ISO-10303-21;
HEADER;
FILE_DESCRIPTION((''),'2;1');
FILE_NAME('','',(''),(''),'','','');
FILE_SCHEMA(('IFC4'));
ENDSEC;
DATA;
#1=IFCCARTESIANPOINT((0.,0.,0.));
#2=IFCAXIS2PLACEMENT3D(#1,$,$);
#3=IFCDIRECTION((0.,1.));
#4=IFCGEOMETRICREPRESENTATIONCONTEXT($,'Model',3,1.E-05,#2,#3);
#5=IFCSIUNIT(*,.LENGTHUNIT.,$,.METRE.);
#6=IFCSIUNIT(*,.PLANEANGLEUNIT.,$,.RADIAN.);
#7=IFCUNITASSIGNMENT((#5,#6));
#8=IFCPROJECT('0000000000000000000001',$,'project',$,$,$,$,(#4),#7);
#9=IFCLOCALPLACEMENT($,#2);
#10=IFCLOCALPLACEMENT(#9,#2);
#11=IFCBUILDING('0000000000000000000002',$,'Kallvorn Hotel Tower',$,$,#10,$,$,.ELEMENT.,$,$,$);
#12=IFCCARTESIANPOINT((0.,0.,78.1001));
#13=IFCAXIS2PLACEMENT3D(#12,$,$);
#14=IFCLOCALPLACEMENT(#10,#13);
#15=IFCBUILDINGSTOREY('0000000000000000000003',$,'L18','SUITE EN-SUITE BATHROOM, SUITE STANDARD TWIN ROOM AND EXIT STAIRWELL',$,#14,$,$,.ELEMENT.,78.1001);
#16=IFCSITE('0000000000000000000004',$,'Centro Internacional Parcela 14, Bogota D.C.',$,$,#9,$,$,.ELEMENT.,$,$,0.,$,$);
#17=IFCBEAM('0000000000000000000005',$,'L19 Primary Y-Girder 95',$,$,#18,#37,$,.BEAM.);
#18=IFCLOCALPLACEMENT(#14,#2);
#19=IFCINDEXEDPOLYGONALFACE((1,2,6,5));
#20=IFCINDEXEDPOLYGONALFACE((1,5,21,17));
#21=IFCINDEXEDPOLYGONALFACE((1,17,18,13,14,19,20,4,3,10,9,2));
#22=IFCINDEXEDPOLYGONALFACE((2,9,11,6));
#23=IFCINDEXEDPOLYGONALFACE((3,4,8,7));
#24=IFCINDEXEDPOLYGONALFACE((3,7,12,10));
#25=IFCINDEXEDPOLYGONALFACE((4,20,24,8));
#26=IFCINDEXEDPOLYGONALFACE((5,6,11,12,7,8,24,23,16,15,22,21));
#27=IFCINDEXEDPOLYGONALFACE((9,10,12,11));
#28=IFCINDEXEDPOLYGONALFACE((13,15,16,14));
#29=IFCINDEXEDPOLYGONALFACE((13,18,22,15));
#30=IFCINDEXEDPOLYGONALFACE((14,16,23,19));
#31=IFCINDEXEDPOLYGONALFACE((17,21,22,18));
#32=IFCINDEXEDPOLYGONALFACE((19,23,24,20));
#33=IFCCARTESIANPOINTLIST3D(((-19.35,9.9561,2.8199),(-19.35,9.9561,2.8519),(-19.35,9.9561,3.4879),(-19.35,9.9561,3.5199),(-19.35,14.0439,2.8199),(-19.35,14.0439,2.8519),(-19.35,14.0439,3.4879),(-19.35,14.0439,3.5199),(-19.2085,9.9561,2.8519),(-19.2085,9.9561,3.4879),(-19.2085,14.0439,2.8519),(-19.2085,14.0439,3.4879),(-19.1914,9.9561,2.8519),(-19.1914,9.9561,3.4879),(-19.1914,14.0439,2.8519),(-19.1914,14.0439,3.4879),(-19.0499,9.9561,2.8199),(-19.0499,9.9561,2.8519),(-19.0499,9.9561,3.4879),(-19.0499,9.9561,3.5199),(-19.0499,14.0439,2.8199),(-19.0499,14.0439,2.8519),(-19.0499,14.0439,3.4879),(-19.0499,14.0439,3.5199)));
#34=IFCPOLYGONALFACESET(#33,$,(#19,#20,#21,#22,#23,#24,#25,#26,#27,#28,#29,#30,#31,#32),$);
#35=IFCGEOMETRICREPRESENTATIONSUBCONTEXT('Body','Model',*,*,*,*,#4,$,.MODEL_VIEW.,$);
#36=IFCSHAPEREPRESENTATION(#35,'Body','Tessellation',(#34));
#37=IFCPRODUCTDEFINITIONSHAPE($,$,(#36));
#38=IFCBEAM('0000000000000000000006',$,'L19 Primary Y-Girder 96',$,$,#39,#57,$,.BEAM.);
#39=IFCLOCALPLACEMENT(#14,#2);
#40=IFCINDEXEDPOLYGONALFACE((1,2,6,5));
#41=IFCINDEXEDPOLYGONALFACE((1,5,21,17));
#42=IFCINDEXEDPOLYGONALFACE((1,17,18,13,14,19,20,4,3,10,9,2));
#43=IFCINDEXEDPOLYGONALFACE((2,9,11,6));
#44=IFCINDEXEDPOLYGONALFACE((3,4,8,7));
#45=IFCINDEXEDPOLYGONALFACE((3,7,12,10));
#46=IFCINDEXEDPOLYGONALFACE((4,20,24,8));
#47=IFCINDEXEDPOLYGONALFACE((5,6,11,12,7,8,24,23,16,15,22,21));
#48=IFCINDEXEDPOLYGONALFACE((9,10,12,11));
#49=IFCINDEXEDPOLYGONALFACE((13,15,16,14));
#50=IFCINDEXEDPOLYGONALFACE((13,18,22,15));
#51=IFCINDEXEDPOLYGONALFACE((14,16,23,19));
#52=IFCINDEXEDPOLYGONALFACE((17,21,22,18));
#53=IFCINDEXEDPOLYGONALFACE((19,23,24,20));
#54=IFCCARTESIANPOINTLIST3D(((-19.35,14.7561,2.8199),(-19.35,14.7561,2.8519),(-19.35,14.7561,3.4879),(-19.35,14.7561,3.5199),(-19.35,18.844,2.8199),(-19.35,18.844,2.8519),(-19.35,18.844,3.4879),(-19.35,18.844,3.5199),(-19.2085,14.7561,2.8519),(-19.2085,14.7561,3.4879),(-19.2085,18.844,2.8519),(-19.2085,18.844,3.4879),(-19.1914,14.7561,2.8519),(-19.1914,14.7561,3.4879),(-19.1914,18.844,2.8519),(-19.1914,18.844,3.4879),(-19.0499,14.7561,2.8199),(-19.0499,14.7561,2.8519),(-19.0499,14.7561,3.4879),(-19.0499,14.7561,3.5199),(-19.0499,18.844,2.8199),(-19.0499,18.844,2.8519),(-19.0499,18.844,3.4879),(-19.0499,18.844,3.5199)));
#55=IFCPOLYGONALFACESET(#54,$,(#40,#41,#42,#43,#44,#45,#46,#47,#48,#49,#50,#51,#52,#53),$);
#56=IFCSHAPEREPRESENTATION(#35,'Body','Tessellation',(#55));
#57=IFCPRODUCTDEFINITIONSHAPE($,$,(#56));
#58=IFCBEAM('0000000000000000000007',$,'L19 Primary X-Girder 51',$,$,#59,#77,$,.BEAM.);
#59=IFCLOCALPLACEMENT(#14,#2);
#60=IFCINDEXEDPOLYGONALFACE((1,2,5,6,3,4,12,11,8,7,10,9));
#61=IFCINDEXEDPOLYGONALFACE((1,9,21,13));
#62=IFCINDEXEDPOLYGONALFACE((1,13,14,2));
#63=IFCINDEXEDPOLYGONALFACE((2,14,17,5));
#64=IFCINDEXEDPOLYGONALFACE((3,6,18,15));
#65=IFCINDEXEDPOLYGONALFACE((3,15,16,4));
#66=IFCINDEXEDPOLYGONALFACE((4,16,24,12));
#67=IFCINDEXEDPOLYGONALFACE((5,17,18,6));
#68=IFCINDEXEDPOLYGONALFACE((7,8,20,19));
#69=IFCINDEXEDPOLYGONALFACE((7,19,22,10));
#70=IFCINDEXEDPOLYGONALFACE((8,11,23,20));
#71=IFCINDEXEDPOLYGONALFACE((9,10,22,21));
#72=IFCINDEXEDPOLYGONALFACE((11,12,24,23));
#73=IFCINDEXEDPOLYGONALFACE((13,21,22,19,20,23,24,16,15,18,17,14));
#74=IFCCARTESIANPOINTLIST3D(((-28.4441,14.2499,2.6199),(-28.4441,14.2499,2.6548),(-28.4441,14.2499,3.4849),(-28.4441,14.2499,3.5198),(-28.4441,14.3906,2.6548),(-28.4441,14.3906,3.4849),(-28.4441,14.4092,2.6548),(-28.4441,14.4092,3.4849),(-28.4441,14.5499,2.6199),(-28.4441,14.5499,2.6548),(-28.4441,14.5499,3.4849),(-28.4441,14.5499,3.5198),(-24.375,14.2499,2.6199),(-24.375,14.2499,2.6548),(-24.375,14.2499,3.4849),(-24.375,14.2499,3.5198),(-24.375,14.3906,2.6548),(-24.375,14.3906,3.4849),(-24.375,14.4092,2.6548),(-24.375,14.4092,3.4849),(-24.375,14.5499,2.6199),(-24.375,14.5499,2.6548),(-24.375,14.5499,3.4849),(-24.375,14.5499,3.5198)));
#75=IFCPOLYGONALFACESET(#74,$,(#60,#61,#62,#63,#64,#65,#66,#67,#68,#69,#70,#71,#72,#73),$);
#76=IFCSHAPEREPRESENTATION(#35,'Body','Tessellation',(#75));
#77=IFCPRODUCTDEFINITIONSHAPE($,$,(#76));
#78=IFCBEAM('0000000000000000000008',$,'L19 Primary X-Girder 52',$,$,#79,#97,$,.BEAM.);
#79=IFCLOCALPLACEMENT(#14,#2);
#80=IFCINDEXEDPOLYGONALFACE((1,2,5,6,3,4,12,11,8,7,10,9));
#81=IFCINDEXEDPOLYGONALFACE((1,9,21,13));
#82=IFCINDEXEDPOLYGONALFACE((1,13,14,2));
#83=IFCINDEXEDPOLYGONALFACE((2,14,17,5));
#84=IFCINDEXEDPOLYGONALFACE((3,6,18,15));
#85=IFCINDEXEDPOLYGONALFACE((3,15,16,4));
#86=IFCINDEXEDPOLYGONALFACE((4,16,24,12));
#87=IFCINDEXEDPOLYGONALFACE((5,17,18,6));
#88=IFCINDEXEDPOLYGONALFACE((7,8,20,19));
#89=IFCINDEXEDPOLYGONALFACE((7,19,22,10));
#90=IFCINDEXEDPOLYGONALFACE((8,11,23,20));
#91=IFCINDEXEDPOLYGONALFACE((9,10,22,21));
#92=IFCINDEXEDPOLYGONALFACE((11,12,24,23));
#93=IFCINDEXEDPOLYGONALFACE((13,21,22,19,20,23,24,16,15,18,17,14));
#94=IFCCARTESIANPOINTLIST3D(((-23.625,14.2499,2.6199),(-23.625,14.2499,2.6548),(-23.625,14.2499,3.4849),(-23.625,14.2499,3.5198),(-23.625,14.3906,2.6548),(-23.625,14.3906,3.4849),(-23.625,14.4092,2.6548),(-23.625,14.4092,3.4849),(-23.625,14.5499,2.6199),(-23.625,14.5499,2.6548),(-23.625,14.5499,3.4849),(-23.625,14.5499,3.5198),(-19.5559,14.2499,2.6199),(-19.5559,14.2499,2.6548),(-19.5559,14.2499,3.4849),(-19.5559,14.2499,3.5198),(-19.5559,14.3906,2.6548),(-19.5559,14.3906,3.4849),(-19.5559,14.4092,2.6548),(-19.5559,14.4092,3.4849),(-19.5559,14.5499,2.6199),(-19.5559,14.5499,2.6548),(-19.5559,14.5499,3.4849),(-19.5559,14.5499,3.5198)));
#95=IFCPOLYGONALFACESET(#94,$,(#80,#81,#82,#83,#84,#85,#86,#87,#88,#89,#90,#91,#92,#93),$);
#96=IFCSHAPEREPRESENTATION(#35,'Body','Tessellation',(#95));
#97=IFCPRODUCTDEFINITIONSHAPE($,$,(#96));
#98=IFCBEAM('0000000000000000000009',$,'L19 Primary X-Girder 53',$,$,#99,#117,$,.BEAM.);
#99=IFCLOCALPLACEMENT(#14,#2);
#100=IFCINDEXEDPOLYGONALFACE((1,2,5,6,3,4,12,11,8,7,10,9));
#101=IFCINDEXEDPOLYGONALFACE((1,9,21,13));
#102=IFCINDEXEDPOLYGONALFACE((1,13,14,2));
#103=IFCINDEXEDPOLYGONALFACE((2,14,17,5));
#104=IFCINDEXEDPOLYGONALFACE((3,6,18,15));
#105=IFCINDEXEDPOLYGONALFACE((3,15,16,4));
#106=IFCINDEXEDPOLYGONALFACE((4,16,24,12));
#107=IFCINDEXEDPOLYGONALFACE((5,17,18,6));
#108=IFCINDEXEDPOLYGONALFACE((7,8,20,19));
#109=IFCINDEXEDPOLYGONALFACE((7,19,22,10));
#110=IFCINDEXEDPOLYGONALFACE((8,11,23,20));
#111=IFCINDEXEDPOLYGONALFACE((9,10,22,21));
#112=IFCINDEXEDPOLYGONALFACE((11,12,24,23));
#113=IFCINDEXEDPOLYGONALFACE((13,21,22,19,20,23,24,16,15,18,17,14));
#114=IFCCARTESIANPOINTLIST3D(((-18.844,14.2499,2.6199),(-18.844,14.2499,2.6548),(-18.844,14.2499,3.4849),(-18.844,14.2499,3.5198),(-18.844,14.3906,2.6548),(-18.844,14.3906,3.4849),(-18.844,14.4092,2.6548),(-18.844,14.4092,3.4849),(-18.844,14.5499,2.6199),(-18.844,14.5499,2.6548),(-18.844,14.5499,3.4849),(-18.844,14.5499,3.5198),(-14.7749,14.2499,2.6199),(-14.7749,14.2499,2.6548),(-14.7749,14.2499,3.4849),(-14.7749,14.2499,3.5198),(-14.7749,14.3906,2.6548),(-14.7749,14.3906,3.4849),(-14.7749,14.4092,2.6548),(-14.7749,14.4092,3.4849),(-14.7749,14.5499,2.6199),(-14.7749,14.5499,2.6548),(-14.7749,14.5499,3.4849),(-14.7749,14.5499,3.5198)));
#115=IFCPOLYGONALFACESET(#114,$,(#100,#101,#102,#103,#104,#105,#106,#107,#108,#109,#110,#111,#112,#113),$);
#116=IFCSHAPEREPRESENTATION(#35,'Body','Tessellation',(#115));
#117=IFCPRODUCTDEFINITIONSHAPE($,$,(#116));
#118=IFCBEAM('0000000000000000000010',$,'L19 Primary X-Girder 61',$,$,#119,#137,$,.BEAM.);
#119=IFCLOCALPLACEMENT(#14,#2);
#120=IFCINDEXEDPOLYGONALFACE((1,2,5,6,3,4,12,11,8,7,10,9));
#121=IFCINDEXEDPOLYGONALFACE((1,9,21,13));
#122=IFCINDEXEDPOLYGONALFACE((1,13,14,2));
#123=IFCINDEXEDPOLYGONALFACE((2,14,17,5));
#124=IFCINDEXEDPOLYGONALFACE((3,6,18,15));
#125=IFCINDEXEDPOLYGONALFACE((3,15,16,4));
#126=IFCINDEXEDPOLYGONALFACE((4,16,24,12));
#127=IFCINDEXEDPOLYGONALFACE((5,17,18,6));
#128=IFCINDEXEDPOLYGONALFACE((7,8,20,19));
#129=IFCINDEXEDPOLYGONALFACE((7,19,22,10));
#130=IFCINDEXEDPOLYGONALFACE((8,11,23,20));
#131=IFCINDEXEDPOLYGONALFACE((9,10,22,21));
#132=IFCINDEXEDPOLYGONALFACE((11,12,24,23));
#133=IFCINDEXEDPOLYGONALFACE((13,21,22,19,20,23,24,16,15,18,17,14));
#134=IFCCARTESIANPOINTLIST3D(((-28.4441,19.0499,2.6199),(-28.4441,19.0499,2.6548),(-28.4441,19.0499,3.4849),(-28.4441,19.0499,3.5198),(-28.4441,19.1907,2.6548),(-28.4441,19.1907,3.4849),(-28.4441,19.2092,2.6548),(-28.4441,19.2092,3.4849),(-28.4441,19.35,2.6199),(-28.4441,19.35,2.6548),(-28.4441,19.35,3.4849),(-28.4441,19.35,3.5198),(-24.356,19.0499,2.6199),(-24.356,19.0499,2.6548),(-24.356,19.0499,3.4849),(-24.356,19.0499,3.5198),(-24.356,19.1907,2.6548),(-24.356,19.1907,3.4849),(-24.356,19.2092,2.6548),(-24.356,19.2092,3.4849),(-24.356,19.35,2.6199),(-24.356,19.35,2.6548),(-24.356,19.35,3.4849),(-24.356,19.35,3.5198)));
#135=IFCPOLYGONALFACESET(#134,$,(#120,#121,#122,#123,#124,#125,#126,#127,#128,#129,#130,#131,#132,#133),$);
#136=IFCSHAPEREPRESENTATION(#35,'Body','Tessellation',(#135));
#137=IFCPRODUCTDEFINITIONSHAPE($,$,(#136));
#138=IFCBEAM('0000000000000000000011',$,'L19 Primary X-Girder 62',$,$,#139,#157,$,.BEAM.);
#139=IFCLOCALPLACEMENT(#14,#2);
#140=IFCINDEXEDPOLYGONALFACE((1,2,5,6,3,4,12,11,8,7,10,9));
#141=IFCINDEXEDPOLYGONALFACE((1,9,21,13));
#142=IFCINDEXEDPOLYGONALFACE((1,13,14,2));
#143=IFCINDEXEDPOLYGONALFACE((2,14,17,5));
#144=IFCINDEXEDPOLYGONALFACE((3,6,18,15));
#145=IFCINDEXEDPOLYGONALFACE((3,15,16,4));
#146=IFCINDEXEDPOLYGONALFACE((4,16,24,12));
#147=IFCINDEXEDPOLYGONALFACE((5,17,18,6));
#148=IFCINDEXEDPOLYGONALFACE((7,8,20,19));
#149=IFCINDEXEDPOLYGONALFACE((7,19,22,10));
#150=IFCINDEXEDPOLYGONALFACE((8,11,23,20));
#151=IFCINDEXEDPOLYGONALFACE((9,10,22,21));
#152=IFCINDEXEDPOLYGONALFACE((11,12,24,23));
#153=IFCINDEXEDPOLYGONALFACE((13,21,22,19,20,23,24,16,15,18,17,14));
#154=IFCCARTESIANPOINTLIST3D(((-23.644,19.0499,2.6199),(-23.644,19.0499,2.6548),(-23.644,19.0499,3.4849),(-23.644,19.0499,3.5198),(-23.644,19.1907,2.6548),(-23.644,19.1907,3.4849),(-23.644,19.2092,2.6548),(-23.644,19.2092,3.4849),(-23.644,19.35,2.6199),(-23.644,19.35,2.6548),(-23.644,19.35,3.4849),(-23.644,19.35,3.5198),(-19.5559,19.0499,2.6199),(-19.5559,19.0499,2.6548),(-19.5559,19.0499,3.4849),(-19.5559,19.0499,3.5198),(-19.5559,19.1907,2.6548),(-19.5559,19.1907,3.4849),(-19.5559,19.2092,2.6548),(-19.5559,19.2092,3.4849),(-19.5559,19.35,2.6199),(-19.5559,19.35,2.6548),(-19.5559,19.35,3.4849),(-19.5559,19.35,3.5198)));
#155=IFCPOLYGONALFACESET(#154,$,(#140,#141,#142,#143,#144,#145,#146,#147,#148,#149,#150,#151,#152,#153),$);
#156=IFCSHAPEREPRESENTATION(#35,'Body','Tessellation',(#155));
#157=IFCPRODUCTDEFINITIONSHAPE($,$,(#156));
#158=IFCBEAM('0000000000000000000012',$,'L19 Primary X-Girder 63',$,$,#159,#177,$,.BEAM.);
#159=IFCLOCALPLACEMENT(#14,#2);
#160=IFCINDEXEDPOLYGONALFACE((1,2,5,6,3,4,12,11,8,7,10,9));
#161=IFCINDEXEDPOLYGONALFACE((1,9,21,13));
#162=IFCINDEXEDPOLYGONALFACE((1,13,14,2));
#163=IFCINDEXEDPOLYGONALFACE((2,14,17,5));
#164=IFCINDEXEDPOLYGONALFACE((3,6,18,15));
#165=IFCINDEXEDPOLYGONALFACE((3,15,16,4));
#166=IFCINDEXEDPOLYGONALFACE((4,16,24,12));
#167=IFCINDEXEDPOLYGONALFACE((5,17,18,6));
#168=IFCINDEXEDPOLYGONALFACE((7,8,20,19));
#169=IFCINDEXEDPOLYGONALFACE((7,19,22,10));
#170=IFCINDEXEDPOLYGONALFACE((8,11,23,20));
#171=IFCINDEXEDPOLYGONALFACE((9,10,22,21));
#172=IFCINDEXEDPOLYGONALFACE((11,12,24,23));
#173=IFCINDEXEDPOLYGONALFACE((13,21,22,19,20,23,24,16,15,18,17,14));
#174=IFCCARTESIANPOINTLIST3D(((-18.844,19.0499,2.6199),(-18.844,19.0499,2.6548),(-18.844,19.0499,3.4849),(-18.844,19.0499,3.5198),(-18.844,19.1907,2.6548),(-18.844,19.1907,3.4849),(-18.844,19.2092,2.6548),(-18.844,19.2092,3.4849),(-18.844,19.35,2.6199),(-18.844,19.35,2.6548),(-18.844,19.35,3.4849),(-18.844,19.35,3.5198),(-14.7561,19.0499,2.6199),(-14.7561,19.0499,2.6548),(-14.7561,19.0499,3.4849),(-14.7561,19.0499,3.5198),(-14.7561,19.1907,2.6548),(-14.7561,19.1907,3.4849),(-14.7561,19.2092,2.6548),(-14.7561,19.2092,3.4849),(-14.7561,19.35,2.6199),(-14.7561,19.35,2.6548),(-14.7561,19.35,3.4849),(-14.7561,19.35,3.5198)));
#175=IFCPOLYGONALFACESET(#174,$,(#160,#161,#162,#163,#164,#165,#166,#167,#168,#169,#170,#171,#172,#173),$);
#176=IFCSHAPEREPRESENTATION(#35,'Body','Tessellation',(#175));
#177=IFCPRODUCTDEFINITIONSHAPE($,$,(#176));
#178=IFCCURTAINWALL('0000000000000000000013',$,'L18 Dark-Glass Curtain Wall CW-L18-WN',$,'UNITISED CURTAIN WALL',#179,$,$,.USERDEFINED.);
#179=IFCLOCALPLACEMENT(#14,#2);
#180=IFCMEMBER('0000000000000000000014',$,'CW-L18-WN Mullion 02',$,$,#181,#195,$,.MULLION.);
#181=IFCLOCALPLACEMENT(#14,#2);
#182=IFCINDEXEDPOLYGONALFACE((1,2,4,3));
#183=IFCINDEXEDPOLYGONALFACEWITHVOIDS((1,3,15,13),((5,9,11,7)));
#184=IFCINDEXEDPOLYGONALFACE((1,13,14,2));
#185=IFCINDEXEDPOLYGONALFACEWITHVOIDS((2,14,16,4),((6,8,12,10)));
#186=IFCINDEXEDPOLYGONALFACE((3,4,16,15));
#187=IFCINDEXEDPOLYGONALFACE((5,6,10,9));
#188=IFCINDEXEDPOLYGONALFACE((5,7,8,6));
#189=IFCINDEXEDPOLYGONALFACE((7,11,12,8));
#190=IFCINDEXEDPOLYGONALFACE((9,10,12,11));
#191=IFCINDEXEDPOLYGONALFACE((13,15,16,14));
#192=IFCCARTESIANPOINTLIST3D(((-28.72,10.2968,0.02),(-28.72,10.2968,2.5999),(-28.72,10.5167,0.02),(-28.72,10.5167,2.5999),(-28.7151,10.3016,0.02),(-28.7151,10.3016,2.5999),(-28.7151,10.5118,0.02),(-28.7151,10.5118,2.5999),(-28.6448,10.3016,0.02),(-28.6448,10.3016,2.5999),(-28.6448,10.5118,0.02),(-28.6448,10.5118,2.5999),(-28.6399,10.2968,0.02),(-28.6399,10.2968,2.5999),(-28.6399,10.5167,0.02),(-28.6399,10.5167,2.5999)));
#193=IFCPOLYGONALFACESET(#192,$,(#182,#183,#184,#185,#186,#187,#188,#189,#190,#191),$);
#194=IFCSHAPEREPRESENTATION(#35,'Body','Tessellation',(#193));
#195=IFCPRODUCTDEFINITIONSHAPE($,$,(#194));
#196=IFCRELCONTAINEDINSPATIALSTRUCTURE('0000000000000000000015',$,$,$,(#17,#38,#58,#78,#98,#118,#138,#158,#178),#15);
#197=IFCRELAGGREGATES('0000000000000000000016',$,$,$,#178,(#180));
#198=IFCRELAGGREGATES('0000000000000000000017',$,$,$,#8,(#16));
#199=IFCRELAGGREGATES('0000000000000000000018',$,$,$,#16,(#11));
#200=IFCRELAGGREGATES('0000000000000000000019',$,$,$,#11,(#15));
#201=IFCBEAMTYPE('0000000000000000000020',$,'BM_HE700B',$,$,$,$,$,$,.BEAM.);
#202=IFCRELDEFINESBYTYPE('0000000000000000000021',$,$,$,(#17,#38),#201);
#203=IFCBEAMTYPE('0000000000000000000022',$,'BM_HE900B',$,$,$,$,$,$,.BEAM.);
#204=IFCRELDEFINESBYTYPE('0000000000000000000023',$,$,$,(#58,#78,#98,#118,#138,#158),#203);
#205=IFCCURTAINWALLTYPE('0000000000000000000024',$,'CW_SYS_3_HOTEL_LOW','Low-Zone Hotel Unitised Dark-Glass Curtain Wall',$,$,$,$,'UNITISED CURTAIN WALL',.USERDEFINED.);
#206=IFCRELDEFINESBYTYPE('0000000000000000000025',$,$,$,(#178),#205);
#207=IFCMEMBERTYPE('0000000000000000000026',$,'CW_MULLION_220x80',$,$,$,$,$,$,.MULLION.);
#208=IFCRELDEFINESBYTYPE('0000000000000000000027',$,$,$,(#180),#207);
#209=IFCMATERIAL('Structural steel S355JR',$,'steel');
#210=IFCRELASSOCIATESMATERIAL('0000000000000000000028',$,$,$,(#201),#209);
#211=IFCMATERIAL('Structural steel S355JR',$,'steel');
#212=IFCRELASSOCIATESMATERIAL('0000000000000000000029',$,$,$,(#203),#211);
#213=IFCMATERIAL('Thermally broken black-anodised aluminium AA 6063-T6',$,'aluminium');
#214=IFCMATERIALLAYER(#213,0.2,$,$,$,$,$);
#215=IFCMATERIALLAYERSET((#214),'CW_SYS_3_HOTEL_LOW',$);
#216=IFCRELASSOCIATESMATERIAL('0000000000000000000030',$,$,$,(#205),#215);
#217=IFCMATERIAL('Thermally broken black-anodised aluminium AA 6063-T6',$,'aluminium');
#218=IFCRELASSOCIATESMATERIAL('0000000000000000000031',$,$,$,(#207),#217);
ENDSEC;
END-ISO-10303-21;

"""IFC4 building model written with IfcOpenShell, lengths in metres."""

from ifc_helpers import new_model, si_unit, direction, frame, origin, origin_2d, place, context, subcontext, project, spatial, hollow_rectangle, i_section, extrude, material, layer, layer_set, material_profile, profile_set, type_object, element, aggregate, save


model = new_model("IFC4")

# Units and contexts
model_context = context("Model", 3, precision=1e-05, world=origin(), true_north=direction((0.0, 1.0)))
body_context = subcontext(model_context, "Body", "Model", "MODEL_VIEW")
ifc_project = project(units=[si_unit("LENGTHUNIT", "METRE"), si_unit("PLANEANGLEUNIT", "RADIAN")], contexts=[model_context])

# Site, building, storey
site_placement = place(None, origin())
site = spatial("IfcSite", under=ifc_project, at=site_placement, Name="Centro Internacional Parcela 14, Bogota D.C.", CompositionType="ELEMENT", RefElevation=0.0)
building_placement = place(site_placement, origin())
building = spatial("IfcBuilding", under=site, at=building_placement, Name="Kallvorn Hotel Tower", CompositionType="ELEMENT")
storey_placement = place(building_placement, frame((0.0, 0.0, 78.1001)))
storey = spatial("IfcBuildingStorey", under=building, at=storey_placement, Name="L18", Description="SUITE EN-SUITE BATHROOM, SUITE STANDARD TWIN ROOM AND EXIT STAIRWELL", CompositionType="ELEMENT", Elevation=78.1001)

# Beams
ifc_material_1 = material(Name="Structural steel S355JR", Category="steel")
ifc_material_profile_1 = material_profile(ifc_material_1, i_section(OverallWidth=0.3, OverallDepth=0.7, WebThickness=0.0171, FlangeThickness=0.032, at=origin_2d()), Name="HE 700 B")
ifc_profile_set_1 = profile_set([ifc_material_profile_1], Name="Structural steel S355JR")
beam_type_1 = type_object("IfcBeamType", Name="BM_HE700B", PredefinedType="BEAM", material=ifc_profile_set_1)
for number, where, z_axis, x_axis, name in (
    (1, (-19.2, 9.9561, 3.1699), (0.0, 1.0, 0.0), (-1.0, 0.0, 0.0), "L19 Primary Y-Girder 95"),
    (2, (-19.2, 14.7561, 3.1699), (0.0, 1.0, 0.0), (-1.0, 0.0, 0.0), "L19 Primary Y-Girder 96"),
):
    element("IfcBeam", number, at=place(storey_placement, frame(where, z_axis=z_axis, x_axis=x_axis)), inside=storey, type_object=beam_type_1, Name=name, PredefinedType="BEAM", context=body_context, shape_type="SweptSolid", body=[
        extrude(i_section(OverallWidth=0.3, OverallDepth=0.7, WebThickness=0.0171, FlangeThickness=0.032, at=origin_2d()), origin(), (0.0, 0.0, 1.0), 4.0879),
    ])
ifc_material_2 = material(Name="Structural steel S355JR", Category="steel")
ifc_material_profile_2 = material_profile(ifc_material_2, i_section(OverallWidth=0.3, OverallDepth=0.8999, WebThickness=0.0186, FlangeThickness=0.0349, at=origin_2d()), Name="HE 900 B")
ifc_profile_set_2 = profile_set([ifc_material_profile_2], Name="Structural steel S355JR")
beam_type_2 = type_object("IfcBeamType", Name="BM_HE900B", PredefinedType="BEAM", material=ifc_profile_set_2)
for number, where, z_axis, x_axis, name in (
    (3, (-28.4441, 14.3999, 3.0698), (1.0, 0.0, 0.0), (0.0, 1.0, 0.0), "L19 Primary X-Girder 51"),
    (4, (-23.625, 14.3999, 3.0698), (1.0, 0.0, 0.0), (0.0, 1.0, 0.0), "L19 Primary X-Girder 52"),
    (5, (-18.844, 14.3999, 3.0698), (1.0, 0.0, 0.0), (0.0, 1.0, 0.0), "L19 Primary X-Girder 53"),
):
    element("IfcBeam", number, at=place(storey_placement, frame(where, z_axis=z_axis, x_axis=x_axis)), inside=storey, type_object=beam_type_2, Name=name, PredefinedType="BEAM", context=body_context, shape_type="SweptSolid", body=[
        extrude(i_section(OverallWidth=0.3, OverallDepth=0.8999, WebThickness=0.0186, FlangeThickness=0.0349, at=origin_2d()), origin(), (0.0, 0.0, 1.0), 4.0691),
    ])
for number, where, z_axis, x_axis, name in (
    (6, (-28.4441, 19.2, 3.0698), (1.0, 0.0, 0.0), (0.0, 1.0, 0.0), "L19 Primary X-Girder 61"),
    (7, (-23.644, 19.2, 3.0698), (1.0, 0.0, 0.0), (0.0, 1.0, 0.0), "L19 Primary X-Girder 62"),
):
    element("IfcBeam", number, at=place(storey_placement, frame(where, z_axis=z_axis, x_axis=x_axis)), inside=storey, type_object=beam_type_2, Name=name, PredefinedType="BEAM", context=body_context, shape_type="SweptSolid", body=[
        extrude(i_section(OverallWidth=0.3, OverallDepth=0.8999, WebThickness=0.0186, FlangeThickness=0.0349, at=origin_2d()), origin(), (0.0, 0.0, 1.0), 4.0881),
    ])
beam_1_placement = place(storey_placement, frame((-18.844, 19.2, 3.0698), z_axis=(1.0, 0.0, 0.0), x_axis=(0.0, 1.0, 0.0)))
element("IfcBeam", 8, at=beam_1_placement, inside=storey, type_object=beam_type_2, Name="L19 Primary X-Girder 63", PredefinedType="BEAM", context=body_context, shape_type="SweptSolid", body=[
    extrude(i_section(OverallWidth=0.3, OverallDepth=0.8999, WebThickness=0.0186, FlangeThickness=0.0349, at=origin_2d()), origin(), (0.0, 0.0, 1.0), 4.0879),
])

# Curtain wall, member
ifc_material_3 = material(Name="Thermally broken black-anodised aluminium AA 6063-T6", Category="aluminium")
ifc_layer_1 = layer(ifc_material_3, 0.2)
ifc_layer_set_1 = layer_set([ifc_layer_1], Name="CW_SYS_3_HOTEL_LOW")
curtain_wall_type = type_object("IfcCurtainWallType", Name="CW_SYS_3_HOTEL_LOW", Description="Low-Zone Hotel Unitised Dark-Glass Curtain Wall", ElementType="UNITISED CURTAIN WALL", PredefinedType="USERDEFINED", material=ifc_layer_set_1)
curtain_wall_placement = place(storey_placement, origin())
curtain_wall = element("IfcCurtainWall", 9, at=curtain_wall_placement, inside=storey, type_object=curtain_wall_type, Name="L18 Dark-Glass Curtain Wall CW-L18-WN", ObjectType="UNITISED CURTAIN WALL", PredefinedType="USERDEFINED")
ifc_material_4 = material(Name="Thermally broken black-anodised aluminium AA 6063-T6", Category="aluminium")
ifc_material_profile_3 = material_profile(ifc_material_4, hollow_rectangle(XDim=0.0801, YDim=0.22, WallThickness=0.0049, at=origin_2d()), Name="MUL 220x80")
ifc_profile_set_3 = profile_set([ifc_material_profile_3], Name="Thermally broken black-anodised aluminium AA 6063-T6")
member_type_1 = type_object("IfcMemberType", Name="CW_MULLION_220x80", PredefinedType="MULLION", material=ifc_profile_set_3)
member_1_placement = place(storey_placement, frame((-28.6799, 10.4067, 0.02), z_axis=(0.0, 0.0, 1.0), x_axis=(1.0, 0.0, 0.0)))
member_1 = element("IfcMember", 10, at=member_1_placement, type_object=member_type_1, Name="CW-L18-WN Mullion 02", PredefinedType="MULLION", context=body_context, shape_type="SweptSolid", body=[
    extrude(hollow_rectangle(XDim=0.0801, YDim=0.22, WallThickness=0.0049, at=origin_2d()), origin(), (0.0, 0.0, 1.0), 2.5798),
])

aggregate(curtain_wall, [member_1])

save(model, "model.ifc")
